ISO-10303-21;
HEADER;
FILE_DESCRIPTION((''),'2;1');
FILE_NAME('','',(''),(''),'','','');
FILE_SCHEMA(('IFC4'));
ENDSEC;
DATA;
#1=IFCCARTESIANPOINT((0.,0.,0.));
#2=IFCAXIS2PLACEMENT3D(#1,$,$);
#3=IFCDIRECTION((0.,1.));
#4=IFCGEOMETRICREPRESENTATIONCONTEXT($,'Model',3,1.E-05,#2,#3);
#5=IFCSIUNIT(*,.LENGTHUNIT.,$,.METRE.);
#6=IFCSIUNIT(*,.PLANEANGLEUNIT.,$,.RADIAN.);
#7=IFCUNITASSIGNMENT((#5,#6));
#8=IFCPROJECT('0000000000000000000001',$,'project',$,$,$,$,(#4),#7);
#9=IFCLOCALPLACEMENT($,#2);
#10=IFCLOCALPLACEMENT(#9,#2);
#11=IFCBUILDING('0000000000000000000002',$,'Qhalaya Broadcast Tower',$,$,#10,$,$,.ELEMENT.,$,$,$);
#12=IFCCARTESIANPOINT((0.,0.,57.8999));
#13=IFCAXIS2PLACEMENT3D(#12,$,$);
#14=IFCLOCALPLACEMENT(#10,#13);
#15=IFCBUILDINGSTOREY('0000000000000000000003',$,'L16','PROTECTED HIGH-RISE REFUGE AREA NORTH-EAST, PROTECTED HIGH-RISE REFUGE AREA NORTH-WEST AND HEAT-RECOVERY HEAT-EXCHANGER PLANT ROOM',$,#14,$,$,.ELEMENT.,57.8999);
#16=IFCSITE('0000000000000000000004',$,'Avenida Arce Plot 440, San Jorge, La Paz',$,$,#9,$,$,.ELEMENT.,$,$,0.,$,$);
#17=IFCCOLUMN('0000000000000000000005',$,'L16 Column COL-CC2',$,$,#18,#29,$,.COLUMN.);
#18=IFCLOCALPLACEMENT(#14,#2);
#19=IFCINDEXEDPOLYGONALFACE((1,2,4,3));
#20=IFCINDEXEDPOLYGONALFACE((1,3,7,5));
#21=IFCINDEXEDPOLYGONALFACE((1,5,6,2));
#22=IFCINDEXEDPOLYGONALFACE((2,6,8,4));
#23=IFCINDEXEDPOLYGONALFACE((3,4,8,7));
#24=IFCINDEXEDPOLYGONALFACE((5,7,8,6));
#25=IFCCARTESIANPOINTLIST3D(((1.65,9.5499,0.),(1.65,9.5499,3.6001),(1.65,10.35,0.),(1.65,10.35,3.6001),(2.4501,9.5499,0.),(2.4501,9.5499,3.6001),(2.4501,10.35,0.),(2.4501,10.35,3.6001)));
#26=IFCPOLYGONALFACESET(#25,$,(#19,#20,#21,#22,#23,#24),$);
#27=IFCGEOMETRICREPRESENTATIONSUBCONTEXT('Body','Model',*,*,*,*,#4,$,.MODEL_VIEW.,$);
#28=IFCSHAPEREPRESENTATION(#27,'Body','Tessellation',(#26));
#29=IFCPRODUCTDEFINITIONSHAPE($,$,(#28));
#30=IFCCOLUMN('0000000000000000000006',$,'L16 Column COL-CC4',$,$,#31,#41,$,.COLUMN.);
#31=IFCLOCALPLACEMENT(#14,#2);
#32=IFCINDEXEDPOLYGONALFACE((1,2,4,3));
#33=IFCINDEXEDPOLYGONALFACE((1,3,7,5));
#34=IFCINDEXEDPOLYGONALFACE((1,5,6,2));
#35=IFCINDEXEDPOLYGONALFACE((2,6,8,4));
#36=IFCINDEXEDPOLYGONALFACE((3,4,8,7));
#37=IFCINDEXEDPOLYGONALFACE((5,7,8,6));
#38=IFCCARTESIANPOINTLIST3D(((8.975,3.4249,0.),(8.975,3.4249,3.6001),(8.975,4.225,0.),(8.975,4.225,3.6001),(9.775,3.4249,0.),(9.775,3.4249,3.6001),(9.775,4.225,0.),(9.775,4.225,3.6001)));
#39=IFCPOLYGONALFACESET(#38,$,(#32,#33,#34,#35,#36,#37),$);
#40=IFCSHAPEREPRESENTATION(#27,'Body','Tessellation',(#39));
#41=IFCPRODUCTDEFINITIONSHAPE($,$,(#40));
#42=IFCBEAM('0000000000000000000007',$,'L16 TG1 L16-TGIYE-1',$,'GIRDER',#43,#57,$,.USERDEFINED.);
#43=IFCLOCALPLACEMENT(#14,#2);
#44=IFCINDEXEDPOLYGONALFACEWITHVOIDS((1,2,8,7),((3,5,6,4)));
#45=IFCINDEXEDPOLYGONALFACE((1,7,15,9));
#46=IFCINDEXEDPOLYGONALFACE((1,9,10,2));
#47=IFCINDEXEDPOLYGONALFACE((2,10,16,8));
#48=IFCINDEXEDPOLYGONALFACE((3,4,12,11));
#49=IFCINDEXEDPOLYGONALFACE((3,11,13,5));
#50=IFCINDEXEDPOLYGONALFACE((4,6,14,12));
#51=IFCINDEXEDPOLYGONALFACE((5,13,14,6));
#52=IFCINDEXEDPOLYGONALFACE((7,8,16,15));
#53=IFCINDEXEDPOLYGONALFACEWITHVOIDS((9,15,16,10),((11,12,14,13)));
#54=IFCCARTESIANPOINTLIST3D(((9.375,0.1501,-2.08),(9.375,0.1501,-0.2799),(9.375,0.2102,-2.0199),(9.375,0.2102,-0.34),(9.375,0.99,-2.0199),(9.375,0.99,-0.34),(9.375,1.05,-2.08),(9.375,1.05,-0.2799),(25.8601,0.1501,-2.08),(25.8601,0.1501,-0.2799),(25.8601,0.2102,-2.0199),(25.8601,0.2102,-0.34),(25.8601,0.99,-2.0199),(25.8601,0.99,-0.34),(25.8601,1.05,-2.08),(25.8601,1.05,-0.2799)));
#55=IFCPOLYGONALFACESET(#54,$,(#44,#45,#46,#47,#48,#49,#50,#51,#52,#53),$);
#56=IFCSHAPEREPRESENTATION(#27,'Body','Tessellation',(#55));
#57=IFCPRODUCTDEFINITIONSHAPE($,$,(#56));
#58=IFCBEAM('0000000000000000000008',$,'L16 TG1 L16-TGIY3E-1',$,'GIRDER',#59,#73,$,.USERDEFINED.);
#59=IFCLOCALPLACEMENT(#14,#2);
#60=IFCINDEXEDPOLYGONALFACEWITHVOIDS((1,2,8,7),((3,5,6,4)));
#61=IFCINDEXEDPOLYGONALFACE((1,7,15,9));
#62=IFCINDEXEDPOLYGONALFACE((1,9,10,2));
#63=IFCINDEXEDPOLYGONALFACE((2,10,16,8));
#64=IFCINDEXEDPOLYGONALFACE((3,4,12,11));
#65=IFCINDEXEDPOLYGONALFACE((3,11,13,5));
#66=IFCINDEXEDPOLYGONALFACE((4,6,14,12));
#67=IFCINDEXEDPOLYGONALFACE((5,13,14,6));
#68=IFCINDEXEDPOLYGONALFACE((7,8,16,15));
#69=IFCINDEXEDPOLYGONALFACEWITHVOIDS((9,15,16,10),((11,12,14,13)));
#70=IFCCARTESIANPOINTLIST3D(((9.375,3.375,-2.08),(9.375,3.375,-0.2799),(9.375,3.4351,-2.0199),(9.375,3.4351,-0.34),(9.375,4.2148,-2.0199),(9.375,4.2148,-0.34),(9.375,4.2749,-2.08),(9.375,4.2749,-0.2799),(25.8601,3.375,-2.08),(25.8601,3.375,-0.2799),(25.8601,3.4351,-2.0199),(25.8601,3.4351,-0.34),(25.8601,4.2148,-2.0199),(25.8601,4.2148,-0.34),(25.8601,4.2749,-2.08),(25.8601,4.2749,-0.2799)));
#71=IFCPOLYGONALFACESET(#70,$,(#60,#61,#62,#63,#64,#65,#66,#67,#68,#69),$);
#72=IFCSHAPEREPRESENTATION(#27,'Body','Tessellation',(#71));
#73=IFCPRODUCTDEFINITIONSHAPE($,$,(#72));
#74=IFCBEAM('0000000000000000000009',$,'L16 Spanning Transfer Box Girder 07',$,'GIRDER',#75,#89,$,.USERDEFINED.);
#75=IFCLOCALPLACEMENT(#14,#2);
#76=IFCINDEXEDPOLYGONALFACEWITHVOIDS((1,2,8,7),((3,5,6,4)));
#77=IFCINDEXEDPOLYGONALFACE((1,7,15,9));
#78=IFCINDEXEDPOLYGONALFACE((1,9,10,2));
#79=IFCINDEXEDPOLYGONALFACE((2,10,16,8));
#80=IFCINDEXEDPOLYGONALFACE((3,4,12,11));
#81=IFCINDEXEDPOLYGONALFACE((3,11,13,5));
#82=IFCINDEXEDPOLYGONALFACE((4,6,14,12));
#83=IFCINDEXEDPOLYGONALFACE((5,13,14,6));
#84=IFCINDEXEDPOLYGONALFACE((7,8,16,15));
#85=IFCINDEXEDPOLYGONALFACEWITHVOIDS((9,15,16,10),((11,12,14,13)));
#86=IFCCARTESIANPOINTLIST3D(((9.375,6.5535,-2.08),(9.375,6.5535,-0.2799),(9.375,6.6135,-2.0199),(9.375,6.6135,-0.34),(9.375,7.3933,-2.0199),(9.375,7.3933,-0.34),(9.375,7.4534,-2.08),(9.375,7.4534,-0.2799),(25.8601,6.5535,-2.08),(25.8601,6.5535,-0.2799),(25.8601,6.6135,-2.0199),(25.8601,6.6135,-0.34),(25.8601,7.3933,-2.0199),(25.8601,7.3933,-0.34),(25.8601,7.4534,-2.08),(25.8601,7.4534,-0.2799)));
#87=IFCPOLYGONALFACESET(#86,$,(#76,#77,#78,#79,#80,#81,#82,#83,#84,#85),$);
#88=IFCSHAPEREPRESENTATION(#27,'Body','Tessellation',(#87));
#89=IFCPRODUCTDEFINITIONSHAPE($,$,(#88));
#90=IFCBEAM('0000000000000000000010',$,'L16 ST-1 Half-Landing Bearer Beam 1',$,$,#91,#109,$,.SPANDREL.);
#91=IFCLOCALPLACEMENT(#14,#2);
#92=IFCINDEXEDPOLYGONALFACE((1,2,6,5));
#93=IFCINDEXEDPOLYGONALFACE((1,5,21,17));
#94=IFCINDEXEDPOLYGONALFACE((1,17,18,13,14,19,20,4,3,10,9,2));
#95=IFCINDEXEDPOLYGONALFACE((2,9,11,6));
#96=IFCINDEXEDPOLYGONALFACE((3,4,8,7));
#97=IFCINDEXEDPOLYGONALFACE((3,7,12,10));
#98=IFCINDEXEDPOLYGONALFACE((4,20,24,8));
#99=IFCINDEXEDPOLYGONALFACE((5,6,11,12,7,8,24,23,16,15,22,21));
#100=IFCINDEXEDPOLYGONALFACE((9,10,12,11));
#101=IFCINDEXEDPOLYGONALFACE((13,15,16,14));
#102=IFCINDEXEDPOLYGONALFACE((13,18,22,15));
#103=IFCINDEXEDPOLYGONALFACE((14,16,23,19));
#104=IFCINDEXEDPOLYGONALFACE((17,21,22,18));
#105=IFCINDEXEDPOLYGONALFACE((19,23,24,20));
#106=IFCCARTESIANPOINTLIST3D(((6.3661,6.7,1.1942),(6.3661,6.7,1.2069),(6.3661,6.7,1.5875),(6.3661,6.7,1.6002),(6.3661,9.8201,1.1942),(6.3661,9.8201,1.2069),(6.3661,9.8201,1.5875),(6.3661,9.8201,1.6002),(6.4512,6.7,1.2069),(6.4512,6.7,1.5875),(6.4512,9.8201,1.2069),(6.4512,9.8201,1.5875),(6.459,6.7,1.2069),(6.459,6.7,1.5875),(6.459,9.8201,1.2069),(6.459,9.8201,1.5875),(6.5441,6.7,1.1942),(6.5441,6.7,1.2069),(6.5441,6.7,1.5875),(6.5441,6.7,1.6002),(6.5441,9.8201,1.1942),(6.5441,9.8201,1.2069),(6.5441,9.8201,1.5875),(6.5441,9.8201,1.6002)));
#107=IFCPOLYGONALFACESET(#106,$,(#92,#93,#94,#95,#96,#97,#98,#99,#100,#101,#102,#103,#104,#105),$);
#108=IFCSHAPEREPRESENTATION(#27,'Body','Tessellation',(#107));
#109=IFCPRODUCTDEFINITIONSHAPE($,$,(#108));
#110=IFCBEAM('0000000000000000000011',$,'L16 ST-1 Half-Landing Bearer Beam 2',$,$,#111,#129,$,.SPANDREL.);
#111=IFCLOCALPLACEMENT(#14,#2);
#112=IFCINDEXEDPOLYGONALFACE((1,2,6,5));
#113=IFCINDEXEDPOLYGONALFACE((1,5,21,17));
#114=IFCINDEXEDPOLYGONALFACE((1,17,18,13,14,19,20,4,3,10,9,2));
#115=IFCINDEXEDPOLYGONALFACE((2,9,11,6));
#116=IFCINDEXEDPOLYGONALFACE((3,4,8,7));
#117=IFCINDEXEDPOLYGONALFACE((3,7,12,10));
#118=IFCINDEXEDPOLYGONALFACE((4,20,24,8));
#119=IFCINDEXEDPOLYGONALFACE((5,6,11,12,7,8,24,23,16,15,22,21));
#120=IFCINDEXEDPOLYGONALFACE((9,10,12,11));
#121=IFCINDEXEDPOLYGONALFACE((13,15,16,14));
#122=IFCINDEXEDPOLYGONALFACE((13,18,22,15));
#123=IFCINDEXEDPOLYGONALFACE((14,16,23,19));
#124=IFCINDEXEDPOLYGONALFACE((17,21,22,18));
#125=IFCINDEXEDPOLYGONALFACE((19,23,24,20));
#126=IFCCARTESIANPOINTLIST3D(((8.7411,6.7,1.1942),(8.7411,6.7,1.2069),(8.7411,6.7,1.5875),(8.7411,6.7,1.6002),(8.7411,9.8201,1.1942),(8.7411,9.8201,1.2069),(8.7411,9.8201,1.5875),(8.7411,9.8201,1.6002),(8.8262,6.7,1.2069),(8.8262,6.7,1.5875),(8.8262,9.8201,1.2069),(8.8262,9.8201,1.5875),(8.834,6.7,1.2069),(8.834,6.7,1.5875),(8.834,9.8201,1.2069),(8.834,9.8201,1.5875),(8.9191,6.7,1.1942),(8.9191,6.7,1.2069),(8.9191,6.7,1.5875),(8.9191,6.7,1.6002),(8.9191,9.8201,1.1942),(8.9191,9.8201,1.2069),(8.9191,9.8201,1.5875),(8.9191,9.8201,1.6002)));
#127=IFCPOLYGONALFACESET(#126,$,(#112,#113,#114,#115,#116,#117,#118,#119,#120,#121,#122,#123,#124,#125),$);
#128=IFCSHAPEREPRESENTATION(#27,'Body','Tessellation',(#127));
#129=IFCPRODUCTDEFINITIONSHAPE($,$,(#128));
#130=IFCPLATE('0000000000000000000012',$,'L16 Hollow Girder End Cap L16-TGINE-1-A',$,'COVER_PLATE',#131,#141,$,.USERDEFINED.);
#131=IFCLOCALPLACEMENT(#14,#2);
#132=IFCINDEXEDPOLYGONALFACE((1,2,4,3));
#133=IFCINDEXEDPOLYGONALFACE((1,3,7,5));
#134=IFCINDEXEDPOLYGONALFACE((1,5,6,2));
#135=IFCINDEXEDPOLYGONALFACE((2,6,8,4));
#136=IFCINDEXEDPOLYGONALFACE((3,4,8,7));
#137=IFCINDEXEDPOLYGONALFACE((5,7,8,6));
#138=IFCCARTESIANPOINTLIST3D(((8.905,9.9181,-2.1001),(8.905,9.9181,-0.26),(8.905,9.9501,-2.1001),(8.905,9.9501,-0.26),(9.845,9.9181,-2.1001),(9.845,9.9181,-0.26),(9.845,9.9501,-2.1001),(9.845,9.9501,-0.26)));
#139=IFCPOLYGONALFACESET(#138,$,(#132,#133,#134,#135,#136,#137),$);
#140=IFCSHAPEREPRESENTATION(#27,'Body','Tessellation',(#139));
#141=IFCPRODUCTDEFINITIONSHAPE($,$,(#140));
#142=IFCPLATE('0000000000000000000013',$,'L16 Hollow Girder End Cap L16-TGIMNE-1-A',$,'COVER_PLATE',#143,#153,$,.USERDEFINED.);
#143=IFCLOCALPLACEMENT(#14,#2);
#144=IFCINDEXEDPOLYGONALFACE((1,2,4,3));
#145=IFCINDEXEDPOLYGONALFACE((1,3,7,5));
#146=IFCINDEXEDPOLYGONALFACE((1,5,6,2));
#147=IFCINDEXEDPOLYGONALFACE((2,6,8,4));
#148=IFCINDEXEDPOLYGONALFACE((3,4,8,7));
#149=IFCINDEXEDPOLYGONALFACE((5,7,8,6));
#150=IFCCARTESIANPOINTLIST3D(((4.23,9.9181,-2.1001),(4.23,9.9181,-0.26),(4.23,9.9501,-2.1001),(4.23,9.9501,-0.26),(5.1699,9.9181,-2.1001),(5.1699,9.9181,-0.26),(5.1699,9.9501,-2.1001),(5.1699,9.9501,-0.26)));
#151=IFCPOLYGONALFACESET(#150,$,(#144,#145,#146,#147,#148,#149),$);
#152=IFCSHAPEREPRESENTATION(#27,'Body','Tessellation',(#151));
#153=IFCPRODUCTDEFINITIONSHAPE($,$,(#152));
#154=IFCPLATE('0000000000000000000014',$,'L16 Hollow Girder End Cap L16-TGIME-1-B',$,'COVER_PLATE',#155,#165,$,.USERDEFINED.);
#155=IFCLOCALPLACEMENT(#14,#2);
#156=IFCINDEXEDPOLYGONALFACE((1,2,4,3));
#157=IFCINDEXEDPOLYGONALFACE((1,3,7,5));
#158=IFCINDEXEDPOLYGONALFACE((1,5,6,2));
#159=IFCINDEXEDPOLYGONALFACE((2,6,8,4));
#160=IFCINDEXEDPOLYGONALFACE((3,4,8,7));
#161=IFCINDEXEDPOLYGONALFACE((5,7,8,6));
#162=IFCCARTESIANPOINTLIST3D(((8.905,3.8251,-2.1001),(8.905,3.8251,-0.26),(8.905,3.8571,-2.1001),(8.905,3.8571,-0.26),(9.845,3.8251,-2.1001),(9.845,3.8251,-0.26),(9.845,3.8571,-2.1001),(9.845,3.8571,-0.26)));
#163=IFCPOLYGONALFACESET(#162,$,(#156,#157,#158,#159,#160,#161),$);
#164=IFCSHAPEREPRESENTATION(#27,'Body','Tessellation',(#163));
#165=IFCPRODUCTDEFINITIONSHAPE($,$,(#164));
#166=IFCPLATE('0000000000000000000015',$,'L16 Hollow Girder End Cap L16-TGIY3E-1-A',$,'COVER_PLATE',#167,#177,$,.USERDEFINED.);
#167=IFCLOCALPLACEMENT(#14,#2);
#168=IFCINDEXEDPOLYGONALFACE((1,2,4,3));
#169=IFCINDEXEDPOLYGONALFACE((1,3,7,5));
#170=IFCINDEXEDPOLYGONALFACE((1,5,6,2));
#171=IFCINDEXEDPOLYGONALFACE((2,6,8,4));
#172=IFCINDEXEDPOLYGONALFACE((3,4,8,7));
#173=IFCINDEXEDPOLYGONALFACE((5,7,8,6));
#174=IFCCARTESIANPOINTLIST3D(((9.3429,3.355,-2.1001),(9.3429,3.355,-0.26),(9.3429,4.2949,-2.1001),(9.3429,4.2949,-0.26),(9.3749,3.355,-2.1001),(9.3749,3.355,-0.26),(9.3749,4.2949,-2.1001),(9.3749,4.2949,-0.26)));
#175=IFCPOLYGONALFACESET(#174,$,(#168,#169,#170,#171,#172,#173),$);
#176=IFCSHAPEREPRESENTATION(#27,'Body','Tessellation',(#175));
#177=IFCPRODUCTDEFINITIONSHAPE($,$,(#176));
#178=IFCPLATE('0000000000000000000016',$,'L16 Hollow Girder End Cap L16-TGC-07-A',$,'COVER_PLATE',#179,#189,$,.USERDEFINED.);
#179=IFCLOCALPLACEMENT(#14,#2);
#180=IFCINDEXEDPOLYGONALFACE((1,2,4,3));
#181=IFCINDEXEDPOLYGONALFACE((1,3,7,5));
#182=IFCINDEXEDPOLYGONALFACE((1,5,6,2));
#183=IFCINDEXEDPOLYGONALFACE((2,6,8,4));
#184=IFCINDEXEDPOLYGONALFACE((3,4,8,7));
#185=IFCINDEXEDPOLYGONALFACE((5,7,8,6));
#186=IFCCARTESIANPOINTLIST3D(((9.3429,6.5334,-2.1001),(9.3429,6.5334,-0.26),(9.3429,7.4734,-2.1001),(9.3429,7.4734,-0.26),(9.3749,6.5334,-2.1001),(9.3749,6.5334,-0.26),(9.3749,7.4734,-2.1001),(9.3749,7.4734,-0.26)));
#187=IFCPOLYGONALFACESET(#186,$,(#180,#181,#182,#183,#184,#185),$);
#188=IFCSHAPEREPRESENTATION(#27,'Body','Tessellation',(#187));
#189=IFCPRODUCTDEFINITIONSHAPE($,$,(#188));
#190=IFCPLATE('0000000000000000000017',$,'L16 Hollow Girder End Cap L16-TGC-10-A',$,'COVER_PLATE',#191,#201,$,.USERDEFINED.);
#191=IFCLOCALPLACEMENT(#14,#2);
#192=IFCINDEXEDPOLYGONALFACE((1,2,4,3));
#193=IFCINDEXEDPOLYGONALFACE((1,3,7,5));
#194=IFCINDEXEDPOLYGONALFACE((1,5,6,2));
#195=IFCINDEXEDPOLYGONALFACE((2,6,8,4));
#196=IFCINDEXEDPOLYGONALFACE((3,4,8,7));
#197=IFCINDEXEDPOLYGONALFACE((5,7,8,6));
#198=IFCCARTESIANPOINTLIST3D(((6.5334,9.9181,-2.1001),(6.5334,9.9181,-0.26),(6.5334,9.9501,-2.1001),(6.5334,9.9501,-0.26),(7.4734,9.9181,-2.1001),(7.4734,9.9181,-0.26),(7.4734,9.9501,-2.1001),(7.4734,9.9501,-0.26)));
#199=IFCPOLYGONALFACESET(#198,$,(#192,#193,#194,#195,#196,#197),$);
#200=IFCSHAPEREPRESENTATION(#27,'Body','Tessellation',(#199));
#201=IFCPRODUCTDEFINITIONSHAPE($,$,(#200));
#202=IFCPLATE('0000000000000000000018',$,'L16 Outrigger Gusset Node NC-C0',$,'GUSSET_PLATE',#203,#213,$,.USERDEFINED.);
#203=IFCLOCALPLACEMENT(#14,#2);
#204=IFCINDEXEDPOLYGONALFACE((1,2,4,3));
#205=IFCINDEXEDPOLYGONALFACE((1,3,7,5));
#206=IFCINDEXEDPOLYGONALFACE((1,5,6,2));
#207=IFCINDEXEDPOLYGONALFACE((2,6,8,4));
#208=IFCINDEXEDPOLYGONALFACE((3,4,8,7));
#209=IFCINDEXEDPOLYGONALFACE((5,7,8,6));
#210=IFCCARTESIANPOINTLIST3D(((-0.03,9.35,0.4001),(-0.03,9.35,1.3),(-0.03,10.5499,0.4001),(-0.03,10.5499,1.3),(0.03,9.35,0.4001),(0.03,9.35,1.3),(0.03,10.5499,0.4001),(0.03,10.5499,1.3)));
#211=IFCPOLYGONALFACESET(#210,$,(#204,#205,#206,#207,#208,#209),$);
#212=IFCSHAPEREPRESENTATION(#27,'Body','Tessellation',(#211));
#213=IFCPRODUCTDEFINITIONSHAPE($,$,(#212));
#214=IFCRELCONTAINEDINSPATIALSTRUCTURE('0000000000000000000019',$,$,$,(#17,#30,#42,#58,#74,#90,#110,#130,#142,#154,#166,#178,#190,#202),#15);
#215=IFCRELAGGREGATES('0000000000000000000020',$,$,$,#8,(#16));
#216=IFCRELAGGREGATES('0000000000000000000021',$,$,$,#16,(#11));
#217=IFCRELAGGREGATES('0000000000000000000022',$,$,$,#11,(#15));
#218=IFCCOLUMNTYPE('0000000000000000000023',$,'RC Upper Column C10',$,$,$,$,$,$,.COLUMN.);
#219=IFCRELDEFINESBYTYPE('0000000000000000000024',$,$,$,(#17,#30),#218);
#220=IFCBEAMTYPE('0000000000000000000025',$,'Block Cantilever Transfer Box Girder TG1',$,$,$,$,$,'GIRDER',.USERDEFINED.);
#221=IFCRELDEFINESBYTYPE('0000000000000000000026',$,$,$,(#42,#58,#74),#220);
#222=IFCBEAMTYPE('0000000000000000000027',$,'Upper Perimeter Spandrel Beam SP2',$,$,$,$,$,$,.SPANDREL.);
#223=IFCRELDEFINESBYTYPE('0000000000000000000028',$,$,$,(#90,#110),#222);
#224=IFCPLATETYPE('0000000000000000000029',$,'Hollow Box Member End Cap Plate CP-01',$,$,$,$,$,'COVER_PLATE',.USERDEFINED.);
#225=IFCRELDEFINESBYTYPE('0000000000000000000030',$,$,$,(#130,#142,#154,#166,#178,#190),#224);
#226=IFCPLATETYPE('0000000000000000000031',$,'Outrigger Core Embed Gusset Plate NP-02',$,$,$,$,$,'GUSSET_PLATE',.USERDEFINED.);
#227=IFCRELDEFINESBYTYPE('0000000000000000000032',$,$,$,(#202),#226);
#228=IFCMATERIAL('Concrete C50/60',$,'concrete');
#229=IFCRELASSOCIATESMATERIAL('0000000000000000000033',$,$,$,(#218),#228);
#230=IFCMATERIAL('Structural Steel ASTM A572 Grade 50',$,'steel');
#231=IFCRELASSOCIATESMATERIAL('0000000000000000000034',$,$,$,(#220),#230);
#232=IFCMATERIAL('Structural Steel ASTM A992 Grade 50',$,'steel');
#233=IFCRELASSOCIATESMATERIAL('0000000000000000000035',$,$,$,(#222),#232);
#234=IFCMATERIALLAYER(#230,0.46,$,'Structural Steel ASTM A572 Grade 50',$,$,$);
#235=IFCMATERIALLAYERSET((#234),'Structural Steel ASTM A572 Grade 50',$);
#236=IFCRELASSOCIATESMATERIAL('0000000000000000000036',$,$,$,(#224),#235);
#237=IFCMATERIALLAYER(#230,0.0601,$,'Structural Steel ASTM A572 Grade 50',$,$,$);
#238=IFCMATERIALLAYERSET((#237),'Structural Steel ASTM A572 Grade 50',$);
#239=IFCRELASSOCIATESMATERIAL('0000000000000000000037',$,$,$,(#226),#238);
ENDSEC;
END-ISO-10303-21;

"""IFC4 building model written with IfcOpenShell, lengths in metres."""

from ifc_helpers import new_model, si_unit, direction, frame, origin, origin_2d, place, context, subcontext, project, spatial, rectangle, hollow_rectangle, i_section, extrude, material, layer, layer_set, material_profile, profile_set, type_object, element, save


model = new_model("IFC4")

# Units and contexts
model_context = context("Model", 3, precision=1e-05, world=origin(), true_north=direction((0.0, 1.0)))
body_context = subcontext(model_context, "Body", "Model", "MODEL_VIEW")
ifc_project = project(units=[si_unit("LENGTHUNIT", "METRE"), si_unit("PLANEANGLEUNIT", "RADIAN")], contexts=[model_context])

# Site, building, storey
site_placement = place(None, origin())
site = spatial("IfcSite", under=ifc_project, at=site_placement, Name="Avenida Arce Plot 440, San Jorge, La Paz", CompositionType="ELEMENT", RefElevation=0.0)
building_placement = place(site_placement, origin())
building = spatial("IfcBuilding", under=site, at=building_placement, Name="Qhalaya Broadcast Tower", CompositionType="ELEMENT")
storey_placement = place(building_placement, frame((0.0, 0.0, 57.8999)))
storey = spatial("IfcBuildingStorey", under=building, at=storey_placement, Name="L16", Description="PROTECTED HIGH-RISE REFUGE AREA NORTH-EAST, PROTECTED HIGH-RISE REFUGE AREA NORTH-WEST AND HEAT-RECOVERY HEAT-EXCHANGER PLANT ROOM", CompositionType="ELEMENT", Elevation=57.8999)

# Columns
ifc_material_1 = material(Name="Concrete C50/60", Category="concrete")
ifc_material_profile_1 = material_profile(ifc_material_1, rectangle(XDim=0.8, YDim=0.8, at=origin_2d()), Name="RC-COL 800x800")
ifc_profile_set_1 = profile_set([ifc_material_profile_1], Name="Concrete C50/60")
column_type = type_object("IfcColumnType", Name="RC Upper Column C10", PredefinedType="COLUMN", material=ifc_profile_set_1)
for number, where, z_axis, x_axis, name in (
    (1, (2.05, 9.95, 0.0), (0.0, 0.0, 1.0), (1.0, 0.0, 0.0), "L16 Column COL-CC2"),
    (2, (9.375, 3.825, 0.0), (0.0, 0.0, 1.0), (1.0, 0.0, 0.0), "L16 Column COL-CC4"),
):
    element("IfcColumn", number, at=place(storey_placement, frame(where, z_axis=z_axis, x_axis=x_axis)), inside=storey, type_object=column_type, Name=name, PredefinedType="COLUMN", context=body_context, shape_type="SweptSolid", body=[
        extrude(rectangle(XDim=0.8, YDim=0.8, at=origin_2d()), origin(), (0.0, 0.0, 1.0), 3.6001),
    ])

# Beams
ifc_material_2 = material(Name="Structural Steel ASTM A572 Grade 50", Category="steel")
ifc_material_profile_2 = material_profile(ifc_material_2, hollow_rectangle(XDim=0.8999, YDim=1.8, WallThickness=0.0601, at=origin_2d()), Name="BOX 900x1800x60")
ifc_profile_set_2 = profile_set([ifc_material_profile_2], Name="Structural Steel ASTM A572 Grade 50")
beam_type_1 = type_object("IfcBeamType", Name="Block Cantilever Transfer Box Girder TG1", ElementType="GIRDER", PredefinedType="USERDEFINED", material=ifc_profile_set_2)
for number, where, z_axis, x_axis, name in (
    (3, (9.375, 0.6001, -1.1799), (1.0, 0.0, 0.0), (0.0, 1.0, 0.0), "L16 TG1 L16-TGIYE-1"),
    (4, (9.375, 3.825, -1.1799), (1.0, 0.0, 0.0), (0.0, 1.0, 0.0), "L16 TG1 L16-TGIY3E-1"),
    (5, (9.375, 7.0034, -1.1799), (1.0, 0.0, 0.0), (0.0, 1.0, 0.0), "L16 Spanning Transfer Box Girder 07"),
):
    element("IfcBeam", number, at=place(storey_placement, frame(where, z_axis=z_axis, x_axis=x_axis)), inside=storey, type_object=beam_type_1, Name=name, ObjectType="GIRDER", PredefinedType="USERDEFINED", context=body_context, shape_type="SweptSolid", body=[
        extrude(hollow_rectangle(XDim=0.8999, YDim=1.8, WallThickness=0.0601, at=origin_2d()), origin(), (0.0, 0.0, 1.0), 16.4851),
    ])
ifc_material_3 = material(Name="Structural Steel ASTM A992 Grade 50", Category="steel")
ifc_material_profile_3 = material_profile(ifc_material_3, i_section(OverallWidth=0.178, OverallDepth=0.406, WebThickness=0.0078, FlangeThickness=0.0127, at=origin_2d()), Name="W16X40")
ifc_profile_set_3 = profile_set([ifc_material_profile_3], Name="Structural Steel ASTM A992 Grade 50")
beam_type_2 = type_object("IfcBeamType", Name="Upper Perimeter Spandrel Beam SP2", PredefinedType="SPANDREL", material=ifc_profile_set_3)
for number, where, z_axis, x_axis, name in (
    (6, (6.4551, 6.7, 1.3972), (0.0, 1.0, 0.0), (-1.0, 0.0, 0.0), "L16 ST-1 Half-Landing Bearer Beam 1"),
    (7, (8.8301, 6.7, 1.3972), (0.0, 1.0, 0.0), (-1.0, 0.0, 0.0), "L16 ST-1 Half-Landing Bearer Beam 2"),
):
    element("IfcBeam", number, at=place(storey_placement, frame(where, z_axis=z_axis, x_axis=x_axis)), inside=storey, type_object=beam_type_2, Name=name, PredefinedType="SPANDREL", context=body_context, shape_type="SweptSolid", body=[
        extrude(i_section(OverallWidth=0.178, OverallDepth=0.406, WebThickness=0.0078, FlangeThickness=0.0127, at=origin_2d()), origin(), (0.0, 0.0, 1.0), 3.1201),
    ])

# Plates
ifc_layer_1 = layer(ifc_material_2, 0.46, Name="Structural Steel ASTM A572 Grade 50")
ifc_layer_set_1 = layer_set([ifc_layer_1], Name="Structural Steel ASTM A572 Grade 50")
plate_type_1 = type_object("IfcPlateType", Name="Hollow Box Member End Cap Plate CP-01", ElementType="COVER_PLATE", PredefinedType="USERDEFINED", material=ifc_layer_set_1)
for number, where, z_axis, x_axis, name in (
    (8, (9.375, 9.9341, -2.1001), (0.0, 0.0, 1.0), (-1.0, 0.0, 0.0), "L16 Hollow Girder End Cap L16-TGINE-1-A"),
    (9, (4.7, 9.9341, -2.1001), (0.0, 0.0, 1.0), (-1.0, 0.0, 0.0), "L16 Hollow Girder End Cap L16-TGIMNE-1-A"),
    (10, (9.375, 3.8411, -2.1001), (0.0, 0.0, 1.0), (-1.0, 0.0, 0.0), "L16 Hollow Girder End Cap L16-TGIME-1-B"),
    (11, (9.3589, 3.825, -2.1001), (0.0, 0.0, 1.0), (0.0, 1.0, 0.0), "L16 Hollow Girder End Cap L16-TGIY3E-1-A"),
    (12, (9.3589, 7.0034, -2.1001), (0.0, 0.0, 1.0), (0.0, 1.0, 0.0), "L16 Hollow Girder End Cap L16-TGC-07-A"),
    (13, (7.0034, 9.9341, -2.1001), (0.0, 0.0, 1.0), (-1.0, 0.0, 0.0), "L16 Hollow Girder End Cap L16-TGC-10-A"),
):
    element("IfcPlate", number, at=place(storey_placement, frame(where, z_axis=z_axis, x_axis=x_axis)), inside=storey, type_object=plate_type_1, Name=name, ObjectType="COVER_PLATE", PredefinedType="USERDEFINED", context=body_context, shape_type="SweptSolid", body=[
        extrude(rectangle(XDim=0.9399, YDim=0.032, at=origin_2d()), origin(), (0.0, 0.0, 1.0), 1.8401),
    ])
ifc_layer_2 = layer(ifc_material_2, 0.0601, Name="Structural Steel ASTM A572 Grade 50")
ifc_layer_set_2 = layer_set([ifc_layer_2], Name="Structural Steel ASTM A572 Grade 50")
plate_type_2 = type_object("IfcPlateType", Name="Outrigger Core Embed Gusset Plate NP-02", ElementType="GUSSET_PLATE", PredefinedType="USERDEFINED", material=ifc_layer_set_2)
for number, where, z_axis, x_axis, name in (
    (14, (0.0, 9.95, 0.4001), (0.0, 0.0, 1.0), (0.0, 1.0, 0.0), "L16 Outrigger Gusset Node NC-C0"),
):
    element("IfcPlate", number, at=place(storey_placement, frame(where, z_axis=z_axis, x_axis=x_axis)), inside=storey, type_object=plate_type_2, Name=name, ObjectType="GUSSET_PLATE", PredefinedType="USERDEFINED", context=body_context, shape_type="SweptSolid", body=[
        extrude(rectangle(XDim=1.2, YDim=0.0601, at=origin_2d()), origin(), (0.0, 0.0, 1.0), 0.8999),
    ])

save(model, "model.ifc")
